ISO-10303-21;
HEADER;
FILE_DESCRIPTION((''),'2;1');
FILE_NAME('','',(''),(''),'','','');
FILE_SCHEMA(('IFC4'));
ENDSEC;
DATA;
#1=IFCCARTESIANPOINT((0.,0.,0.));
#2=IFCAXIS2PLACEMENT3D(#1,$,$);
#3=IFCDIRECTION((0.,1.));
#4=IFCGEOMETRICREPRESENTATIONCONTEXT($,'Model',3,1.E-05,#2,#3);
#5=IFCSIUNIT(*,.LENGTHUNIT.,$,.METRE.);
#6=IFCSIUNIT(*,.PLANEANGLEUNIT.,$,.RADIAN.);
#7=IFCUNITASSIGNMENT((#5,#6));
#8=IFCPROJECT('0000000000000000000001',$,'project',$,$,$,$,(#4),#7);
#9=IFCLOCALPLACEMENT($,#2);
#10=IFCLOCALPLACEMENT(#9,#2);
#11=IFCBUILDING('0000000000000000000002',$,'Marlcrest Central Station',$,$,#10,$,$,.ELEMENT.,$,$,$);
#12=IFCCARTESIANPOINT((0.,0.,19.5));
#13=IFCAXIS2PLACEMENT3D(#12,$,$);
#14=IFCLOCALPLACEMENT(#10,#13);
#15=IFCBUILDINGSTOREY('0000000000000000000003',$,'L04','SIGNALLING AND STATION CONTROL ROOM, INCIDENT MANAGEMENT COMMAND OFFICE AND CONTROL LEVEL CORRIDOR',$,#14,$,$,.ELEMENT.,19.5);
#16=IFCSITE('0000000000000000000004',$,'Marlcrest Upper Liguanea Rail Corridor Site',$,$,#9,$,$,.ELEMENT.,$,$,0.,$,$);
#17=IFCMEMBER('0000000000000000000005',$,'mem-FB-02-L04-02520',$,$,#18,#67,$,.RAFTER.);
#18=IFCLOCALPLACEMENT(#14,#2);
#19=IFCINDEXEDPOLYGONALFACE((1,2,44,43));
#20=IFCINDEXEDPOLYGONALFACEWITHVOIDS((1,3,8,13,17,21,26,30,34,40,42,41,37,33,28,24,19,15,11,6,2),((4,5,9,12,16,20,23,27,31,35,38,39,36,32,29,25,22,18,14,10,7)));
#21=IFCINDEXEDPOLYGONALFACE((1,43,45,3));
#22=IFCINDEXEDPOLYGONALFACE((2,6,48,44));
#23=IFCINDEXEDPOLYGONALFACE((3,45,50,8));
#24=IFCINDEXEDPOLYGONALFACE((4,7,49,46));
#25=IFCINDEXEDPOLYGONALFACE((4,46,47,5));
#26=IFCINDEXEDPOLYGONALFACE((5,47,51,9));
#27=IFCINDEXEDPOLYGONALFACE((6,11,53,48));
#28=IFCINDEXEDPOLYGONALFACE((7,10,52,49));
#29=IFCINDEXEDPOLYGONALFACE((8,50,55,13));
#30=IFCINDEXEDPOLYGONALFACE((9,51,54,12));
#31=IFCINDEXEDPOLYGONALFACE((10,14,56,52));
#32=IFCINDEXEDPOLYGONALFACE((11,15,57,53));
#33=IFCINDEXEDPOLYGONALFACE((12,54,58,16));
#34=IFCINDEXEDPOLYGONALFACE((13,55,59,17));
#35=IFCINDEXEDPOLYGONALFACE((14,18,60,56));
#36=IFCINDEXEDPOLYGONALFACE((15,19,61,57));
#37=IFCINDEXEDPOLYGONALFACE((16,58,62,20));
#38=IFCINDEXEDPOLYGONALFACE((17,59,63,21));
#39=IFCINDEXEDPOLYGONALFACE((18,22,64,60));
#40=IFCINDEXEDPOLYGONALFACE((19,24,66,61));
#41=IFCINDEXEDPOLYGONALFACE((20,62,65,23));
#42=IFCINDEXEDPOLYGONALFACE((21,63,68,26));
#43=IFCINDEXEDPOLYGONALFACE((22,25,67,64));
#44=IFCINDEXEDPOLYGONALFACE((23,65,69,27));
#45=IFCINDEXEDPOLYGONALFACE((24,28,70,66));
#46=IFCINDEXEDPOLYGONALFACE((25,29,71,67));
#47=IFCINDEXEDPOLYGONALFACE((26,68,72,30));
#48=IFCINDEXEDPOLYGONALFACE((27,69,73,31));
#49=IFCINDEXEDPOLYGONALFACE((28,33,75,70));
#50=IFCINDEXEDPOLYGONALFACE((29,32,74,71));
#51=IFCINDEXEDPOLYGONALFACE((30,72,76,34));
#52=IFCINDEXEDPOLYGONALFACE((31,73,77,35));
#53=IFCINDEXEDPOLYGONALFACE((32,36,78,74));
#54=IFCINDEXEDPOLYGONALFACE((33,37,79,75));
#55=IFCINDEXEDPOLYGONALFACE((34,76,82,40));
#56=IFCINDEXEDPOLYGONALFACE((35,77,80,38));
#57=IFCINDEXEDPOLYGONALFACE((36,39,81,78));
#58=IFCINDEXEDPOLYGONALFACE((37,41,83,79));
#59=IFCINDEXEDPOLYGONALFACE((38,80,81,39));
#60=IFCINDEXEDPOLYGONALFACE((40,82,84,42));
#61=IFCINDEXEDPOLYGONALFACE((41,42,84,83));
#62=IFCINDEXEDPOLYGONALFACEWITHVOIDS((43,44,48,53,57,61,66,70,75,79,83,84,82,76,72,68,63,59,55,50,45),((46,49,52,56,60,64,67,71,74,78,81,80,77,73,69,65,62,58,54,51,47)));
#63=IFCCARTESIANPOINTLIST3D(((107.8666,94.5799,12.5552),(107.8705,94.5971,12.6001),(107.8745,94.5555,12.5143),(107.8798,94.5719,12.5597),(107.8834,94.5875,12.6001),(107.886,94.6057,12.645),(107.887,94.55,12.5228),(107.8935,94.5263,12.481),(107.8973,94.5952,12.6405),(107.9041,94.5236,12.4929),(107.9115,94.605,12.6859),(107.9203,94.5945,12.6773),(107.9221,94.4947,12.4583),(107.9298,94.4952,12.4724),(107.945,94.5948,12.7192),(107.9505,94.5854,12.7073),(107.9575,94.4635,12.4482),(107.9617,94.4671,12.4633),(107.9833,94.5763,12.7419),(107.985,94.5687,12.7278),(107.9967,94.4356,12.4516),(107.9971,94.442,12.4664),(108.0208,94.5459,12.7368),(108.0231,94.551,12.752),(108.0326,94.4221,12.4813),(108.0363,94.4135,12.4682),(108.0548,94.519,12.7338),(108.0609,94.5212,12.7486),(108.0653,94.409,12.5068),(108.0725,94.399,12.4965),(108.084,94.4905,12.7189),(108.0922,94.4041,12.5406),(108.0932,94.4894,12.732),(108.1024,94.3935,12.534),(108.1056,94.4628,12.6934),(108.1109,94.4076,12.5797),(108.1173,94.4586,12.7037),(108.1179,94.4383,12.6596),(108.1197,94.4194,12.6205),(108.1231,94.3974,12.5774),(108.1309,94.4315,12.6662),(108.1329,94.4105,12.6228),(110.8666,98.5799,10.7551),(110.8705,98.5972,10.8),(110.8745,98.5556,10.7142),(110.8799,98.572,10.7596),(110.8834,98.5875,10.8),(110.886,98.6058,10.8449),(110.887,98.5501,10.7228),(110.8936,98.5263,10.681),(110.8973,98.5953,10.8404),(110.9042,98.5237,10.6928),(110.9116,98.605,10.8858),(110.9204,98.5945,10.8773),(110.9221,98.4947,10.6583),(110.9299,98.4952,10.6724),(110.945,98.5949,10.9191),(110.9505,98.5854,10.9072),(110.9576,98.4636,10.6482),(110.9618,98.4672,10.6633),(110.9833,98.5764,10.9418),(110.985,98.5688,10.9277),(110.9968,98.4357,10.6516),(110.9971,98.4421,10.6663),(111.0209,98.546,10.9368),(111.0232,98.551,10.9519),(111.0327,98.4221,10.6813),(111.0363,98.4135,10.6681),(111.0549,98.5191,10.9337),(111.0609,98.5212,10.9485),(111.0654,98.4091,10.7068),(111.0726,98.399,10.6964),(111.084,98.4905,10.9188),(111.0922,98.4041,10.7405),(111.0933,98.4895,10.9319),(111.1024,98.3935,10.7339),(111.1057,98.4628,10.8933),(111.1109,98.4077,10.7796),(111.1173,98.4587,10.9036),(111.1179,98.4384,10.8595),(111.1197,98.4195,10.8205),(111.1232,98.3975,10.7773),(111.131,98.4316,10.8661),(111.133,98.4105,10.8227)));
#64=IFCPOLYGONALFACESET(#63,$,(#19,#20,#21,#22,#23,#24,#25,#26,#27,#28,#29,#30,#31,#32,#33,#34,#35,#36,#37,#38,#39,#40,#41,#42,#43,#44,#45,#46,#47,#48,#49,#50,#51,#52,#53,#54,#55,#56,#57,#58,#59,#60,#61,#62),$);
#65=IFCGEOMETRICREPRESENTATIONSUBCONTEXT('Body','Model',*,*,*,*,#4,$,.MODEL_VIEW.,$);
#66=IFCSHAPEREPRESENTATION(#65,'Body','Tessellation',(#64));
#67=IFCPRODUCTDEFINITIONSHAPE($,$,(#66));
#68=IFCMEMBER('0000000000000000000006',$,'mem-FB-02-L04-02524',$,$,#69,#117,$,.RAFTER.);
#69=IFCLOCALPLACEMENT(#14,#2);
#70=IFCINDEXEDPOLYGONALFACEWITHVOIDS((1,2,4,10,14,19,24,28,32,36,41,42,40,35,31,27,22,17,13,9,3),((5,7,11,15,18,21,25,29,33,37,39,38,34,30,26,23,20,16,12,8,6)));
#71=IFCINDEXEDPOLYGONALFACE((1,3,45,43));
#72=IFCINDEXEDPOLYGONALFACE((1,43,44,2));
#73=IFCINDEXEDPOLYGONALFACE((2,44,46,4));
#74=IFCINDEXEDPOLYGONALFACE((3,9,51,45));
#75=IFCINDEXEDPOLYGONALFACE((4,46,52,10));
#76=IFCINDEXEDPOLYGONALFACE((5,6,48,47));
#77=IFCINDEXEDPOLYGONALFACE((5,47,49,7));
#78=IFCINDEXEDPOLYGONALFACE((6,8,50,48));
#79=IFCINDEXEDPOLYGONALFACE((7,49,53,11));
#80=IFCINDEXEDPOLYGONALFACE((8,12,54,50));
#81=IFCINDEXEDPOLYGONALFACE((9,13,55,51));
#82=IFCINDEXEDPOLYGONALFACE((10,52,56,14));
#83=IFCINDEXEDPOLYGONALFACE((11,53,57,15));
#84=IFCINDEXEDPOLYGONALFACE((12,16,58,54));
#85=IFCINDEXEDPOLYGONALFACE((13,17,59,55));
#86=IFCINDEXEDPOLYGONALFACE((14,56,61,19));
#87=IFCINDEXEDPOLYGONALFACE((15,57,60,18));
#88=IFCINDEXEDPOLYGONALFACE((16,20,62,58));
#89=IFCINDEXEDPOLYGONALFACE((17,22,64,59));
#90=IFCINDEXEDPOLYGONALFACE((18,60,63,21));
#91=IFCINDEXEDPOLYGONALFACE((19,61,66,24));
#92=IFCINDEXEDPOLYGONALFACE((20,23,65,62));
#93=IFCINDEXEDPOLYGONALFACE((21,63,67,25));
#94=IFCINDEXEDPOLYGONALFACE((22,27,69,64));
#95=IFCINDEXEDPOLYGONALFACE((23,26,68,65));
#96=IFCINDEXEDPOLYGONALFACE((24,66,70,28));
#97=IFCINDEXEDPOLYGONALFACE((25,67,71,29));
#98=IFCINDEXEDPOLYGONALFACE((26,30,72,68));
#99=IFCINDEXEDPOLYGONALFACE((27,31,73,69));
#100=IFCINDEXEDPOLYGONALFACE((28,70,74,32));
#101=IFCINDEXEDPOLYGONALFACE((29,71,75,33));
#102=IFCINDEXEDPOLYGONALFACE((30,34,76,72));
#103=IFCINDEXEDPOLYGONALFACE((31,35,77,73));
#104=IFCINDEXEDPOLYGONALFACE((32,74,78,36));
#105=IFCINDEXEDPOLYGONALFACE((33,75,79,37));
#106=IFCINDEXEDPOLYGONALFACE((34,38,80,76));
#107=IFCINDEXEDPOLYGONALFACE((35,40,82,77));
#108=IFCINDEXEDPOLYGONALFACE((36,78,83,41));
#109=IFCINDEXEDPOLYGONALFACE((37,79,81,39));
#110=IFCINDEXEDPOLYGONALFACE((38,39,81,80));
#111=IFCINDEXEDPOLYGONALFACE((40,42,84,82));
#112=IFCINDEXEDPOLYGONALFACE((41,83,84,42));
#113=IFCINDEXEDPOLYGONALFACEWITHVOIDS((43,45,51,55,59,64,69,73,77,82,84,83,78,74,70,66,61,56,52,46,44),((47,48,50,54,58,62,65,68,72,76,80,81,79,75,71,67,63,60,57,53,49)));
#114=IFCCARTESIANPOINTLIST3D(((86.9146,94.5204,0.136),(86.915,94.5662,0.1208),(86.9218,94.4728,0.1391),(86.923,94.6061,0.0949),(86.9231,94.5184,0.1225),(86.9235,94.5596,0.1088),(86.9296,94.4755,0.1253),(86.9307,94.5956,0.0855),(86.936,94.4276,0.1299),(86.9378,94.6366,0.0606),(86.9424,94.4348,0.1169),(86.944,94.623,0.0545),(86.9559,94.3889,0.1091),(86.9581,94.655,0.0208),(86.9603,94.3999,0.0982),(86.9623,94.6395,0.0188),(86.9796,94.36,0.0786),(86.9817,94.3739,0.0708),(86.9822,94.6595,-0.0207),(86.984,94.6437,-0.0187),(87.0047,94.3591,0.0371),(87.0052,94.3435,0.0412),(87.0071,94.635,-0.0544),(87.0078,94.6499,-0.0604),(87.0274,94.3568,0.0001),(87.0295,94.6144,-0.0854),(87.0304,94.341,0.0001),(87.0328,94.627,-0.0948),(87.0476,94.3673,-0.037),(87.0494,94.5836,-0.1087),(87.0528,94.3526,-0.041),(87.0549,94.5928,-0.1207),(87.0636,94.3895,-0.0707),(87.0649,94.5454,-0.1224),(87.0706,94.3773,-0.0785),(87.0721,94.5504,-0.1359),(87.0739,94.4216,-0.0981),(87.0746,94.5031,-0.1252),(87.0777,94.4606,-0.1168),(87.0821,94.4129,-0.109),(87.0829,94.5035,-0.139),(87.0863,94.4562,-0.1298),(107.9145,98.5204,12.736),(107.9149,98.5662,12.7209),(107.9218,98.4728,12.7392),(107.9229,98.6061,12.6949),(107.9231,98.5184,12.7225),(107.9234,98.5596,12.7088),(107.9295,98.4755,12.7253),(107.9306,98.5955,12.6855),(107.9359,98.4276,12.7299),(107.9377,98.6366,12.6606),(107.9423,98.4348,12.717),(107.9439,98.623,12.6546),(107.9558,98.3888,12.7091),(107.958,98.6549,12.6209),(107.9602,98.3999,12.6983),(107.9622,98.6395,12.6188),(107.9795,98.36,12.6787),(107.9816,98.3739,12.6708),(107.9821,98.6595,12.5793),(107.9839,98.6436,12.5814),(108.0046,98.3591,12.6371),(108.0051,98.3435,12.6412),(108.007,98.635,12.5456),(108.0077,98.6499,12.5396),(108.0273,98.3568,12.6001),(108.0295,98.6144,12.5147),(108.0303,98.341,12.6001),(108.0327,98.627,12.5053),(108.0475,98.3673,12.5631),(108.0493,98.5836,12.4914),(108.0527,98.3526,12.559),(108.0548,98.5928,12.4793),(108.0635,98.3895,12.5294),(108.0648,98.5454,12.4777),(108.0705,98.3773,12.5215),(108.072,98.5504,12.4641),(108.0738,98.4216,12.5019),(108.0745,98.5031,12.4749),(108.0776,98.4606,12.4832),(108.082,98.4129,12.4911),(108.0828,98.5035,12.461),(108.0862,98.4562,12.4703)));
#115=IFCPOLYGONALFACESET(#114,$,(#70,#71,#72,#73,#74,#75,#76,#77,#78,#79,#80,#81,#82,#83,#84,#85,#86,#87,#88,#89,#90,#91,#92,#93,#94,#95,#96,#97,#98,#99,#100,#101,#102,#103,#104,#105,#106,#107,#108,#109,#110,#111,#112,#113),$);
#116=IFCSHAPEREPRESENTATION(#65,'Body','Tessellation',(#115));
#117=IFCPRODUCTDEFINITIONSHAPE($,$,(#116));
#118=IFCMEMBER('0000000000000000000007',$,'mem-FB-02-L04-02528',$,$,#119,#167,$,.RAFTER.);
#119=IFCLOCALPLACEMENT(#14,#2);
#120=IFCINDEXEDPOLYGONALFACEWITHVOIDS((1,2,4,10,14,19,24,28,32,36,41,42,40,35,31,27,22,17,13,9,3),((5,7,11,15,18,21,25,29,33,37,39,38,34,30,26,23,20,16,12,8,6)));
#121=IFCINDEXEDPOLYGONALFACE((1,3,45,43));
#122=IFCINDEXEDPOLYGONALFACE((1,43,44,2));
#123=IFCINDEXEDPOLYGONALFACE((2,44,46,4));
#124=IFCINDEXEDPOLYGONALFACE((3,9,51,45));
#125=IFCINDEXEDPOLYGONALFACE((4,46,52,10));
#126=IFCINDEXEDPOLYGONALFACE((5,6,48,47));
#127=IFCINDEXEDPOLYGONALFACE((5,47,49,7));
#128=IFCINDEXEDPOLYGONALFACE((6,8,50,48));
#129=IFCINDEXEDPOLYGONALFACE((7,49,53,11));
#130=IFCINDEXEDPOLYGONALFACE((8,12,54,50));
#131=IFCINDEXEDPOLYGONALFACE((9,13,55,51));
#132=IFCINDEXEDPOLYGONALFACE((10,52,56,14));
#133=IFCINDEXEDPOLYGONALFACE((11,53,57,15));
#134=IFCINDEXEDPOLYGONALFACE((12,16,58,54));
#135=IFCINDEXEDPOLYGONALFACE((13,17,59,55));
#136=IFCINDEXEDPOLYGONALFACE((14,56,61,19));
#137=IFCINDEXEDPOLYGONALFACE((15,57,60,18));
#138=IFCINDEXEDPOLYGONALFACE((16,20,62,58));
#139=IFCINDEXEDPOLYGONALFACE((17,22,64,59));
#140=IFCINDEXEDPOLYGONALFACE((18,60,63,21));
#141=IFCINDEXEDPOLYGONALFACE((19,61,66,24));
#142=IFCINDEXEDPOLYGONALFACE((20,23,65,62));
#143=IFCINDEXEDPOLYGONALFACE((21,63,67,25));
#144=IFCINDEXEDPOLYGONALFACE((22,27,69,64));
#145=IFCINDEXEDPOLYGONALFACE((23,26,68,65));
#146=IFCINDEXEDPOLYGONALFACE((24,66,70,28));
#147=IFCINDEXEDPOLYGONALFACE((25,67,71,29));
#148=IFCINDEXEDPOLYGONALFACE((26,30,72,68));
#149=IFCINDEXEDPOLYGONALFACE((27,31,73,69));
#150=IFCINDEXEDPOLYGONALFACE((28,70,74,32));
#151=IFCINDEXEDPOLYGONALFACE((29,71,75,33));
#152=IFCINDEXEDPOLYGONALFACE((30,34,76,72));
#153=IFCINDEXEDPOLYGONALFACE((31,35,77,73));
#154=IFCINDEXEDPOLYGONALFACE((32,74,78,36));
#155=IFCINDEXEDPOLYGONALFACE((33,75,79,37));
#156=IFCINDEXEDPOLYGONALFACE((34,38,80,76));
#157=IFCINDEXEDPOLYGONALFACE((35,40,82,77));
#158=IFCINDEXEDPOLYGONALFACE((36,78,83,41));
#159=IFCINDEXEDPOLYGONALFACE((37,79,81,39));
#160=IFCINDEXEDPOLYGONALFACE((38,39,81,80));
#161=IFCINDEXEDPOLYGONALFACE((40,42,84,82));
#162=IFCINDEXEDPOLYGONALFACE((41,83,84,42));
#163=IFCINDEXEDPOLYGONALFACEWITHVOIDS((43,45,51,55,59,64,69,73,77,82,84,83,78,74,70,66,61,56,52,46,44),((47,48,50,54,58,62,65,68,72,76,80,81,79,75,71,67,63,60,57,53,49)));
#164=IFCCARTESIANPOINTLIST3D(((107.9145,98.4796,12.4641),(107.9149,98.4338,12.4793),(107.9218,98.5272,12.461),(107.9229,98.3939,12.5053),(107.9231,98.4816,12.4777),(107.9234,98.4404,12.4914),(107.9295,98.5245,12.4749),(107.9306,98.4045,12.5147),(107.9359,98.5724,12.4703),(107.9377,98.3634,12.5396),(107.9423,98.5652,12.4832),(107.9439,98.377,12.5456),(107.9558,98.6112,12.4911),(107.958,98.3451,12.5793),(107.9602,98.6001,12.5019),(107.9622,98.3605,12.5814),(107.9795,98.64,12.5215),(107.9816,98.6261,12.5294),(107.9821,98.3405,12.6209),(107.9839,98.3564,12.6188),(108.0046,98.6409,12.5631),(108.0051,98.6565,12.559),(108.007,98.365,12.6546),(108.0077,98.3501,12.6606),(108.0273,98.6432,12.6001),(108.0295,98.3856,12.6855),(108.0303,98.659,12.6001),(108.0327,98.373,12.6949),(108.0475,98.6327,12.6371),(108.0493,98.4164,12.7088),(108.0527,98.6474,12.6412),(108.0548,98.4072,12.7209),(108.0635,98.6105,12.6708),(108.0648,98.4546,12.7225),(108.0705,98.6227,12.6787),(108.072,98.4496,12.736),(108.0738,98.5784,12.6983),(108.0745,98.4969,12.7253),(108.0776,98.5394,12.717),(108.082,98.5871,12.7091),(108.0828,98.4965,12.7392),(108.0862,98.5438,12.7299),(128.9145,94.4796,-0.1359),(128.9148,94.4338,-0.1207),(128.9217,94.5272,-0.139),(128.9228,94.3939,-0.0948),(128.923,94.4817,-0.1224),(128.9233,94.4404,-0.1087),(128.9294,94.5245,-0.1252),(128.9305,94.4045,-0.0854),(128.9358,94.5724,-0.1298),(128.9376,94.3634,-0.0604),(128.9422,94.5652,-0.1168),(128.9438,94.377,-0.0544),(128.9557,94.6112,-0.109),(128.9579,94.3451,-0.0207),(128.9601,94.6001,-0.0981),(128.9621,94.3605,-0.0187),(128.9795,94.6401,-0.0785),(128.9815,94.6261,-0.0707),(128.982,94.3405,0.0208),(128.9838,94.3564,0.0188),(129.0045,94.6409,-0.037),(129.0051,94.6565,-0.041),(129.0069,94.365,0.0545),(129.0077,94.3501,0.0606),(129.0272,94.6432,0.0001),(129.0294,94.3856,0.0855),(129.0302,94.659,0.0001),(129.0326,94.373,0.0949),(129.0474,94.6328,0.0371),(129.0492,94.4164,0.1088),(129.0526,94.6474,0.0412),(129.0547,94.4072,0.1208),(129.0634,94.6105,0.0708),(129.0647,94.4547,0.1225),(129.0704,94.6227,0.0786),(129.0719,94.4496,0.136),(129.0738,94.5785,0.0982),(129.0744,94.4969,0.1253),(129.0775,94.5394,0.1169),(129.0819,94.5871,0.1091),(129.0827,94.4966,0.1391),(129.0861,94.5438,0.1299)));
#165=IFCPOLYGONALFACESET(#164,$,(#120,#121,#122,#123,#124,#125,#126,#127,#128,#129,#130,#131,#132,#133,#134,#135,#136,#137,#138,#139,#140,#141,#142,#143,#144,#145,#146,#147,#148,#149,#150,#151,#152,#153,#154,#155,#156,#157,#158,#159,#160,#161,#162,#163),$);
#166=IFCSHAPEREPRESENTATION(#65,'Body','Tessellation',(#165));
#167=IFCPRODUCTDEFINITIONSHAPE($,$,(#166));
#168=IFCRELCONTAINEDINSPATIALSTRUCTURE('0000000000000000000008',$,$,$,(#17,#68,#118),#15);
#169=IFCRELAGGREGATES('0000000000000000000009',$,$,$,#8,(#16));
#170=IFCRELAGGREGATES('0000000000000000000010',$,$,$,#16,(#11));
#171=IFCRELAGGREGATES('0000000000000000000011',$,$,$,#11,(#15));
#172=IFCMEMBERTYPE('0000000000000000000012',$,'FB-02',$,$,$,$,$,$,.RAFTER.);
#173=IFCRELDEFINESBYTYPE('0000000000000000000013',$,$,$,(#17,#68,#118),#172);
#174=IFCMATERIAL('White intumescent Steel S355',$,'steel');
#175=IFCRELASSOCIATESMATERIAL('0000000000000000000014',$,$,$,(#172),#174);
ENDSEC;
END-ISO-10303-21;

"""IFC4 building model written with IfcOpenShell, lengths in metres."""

from ifc_helpers import new_model, si_unit, direction, frame, origin, origin_2d, place, context, subcontext, project, spatial, hollow_circle, extrude, material, material_profile, profile_set, type_object, element, save


model = new_model("IFC4")

# Units and contexts
model_context = context("Model", 3, precision=1e-05, world=origin(), true_north=direction((0.0, 1.0)))
body_context = subcontext(model_context, "Body", "Model", "MODEL_VIEW")
ifc_project = project(units=[si_unit("LENGTHUNIT", "METRE"), si_unit("PLANEANGLEUNIT", "RADIAN")], contexts=[model_context])

# Site, building, storey
site_placement = place(None, origin())
site = spatial("IfcSite", under=ifc_project, at=site_placement, Name="Marlcrest Upper Liguanea Rail Corridor Site", CompositionType="ELEMENT", RefElevation=0.0)
building_placement = place(site_placement, origin())
building = spatial("IfcBuilding", under=site, at=building_placement, Name="Marlcrest Central Station", CompositionType="ELEMENT")
storey_placement = place(building_placement, frame((0.0, 0.0, 19.5)))
storey = spatial("IfcBuildingStorey", under=building, at=storey_placement, Name="L04", Description="SIGNALLING AND STATION CONTROL ROOM, INCIDENT MANAGEMENT COMMAND OFFICE AND CONTROL LEVEL CORRIDOR", CompositionType="ELEMENT", Elevation=19.5)

# Members
ifc_material_1 = material(Name="White intumescent Steel S355", Category="steel")
ifc_material_profile_1 = material_profile(ifc_material_1, hollow_circle(Radius=0.1619, WallThickness=0.0161, at=origin_2d()), Name="CHS 323.9x16")
ifc_profile_set_1 = profile_set([ifc_material_profile_1], Name="White intumescent Steel S355")
member_type_1 = type_object("IfcMemberType", Name="FB-02", PredefinedType="RAFTER", material=ifc_profile_set_1)
for number, where, z_axis, x_axis, name in (
    (1, (108.0, 94.5, 12.6001), (0.564531, 0.752708, -0.338728), (-0.8, 0.6, 0.0), "mem-FB-02-L04-02520"),
):
    element("IfcMember", number, at=place(storey_placement, frame(where, z_axis=z_axis, x_axis=x_axis)), inside=storey, type_object=member_type_1, Name=name, PredefinedType="RAFTER", context=body_context, shape_type="SweptSolid", body=[
        extrude(hollow_circle(Radius=0.1619, WallThickness=0.0161, at=origin_2d()), origin(), (0.0, 0.0, 1.0), 5.3142),
    ])
for number, where, z_axis, x_axis, name in (
    (2, (108.0, 98.5, 12.6001), (-0.846277, -0.161196, -0.50777), (0.187112, -0.982339, 0.0), "mem-FB-02-L04-02524"),
    (3, (108.0, 98.5, 12.6001), (0.846277, -0.161196, -0.50777), (0.187112, 0.982339, 0.0), "mem-FB-02-L04-02528"),
):
    element("IfcMember", number, at=place(storey_placement, frame(where, z_axis=z_axis, x_axis=x_axis)), inside=storey, type_object=member_type_1, Name=name, PredefinedType="RAFTER", context=body_context, shape_type="SweptSolid", body=[
        extrude(hollow_circle(Radius=0.1619, WallThickness=0.0161, at=origin_2d()), origin(), (0.0, 0.0, 1.0), 24.8145),
    ])

save(model, "model.ifc")
